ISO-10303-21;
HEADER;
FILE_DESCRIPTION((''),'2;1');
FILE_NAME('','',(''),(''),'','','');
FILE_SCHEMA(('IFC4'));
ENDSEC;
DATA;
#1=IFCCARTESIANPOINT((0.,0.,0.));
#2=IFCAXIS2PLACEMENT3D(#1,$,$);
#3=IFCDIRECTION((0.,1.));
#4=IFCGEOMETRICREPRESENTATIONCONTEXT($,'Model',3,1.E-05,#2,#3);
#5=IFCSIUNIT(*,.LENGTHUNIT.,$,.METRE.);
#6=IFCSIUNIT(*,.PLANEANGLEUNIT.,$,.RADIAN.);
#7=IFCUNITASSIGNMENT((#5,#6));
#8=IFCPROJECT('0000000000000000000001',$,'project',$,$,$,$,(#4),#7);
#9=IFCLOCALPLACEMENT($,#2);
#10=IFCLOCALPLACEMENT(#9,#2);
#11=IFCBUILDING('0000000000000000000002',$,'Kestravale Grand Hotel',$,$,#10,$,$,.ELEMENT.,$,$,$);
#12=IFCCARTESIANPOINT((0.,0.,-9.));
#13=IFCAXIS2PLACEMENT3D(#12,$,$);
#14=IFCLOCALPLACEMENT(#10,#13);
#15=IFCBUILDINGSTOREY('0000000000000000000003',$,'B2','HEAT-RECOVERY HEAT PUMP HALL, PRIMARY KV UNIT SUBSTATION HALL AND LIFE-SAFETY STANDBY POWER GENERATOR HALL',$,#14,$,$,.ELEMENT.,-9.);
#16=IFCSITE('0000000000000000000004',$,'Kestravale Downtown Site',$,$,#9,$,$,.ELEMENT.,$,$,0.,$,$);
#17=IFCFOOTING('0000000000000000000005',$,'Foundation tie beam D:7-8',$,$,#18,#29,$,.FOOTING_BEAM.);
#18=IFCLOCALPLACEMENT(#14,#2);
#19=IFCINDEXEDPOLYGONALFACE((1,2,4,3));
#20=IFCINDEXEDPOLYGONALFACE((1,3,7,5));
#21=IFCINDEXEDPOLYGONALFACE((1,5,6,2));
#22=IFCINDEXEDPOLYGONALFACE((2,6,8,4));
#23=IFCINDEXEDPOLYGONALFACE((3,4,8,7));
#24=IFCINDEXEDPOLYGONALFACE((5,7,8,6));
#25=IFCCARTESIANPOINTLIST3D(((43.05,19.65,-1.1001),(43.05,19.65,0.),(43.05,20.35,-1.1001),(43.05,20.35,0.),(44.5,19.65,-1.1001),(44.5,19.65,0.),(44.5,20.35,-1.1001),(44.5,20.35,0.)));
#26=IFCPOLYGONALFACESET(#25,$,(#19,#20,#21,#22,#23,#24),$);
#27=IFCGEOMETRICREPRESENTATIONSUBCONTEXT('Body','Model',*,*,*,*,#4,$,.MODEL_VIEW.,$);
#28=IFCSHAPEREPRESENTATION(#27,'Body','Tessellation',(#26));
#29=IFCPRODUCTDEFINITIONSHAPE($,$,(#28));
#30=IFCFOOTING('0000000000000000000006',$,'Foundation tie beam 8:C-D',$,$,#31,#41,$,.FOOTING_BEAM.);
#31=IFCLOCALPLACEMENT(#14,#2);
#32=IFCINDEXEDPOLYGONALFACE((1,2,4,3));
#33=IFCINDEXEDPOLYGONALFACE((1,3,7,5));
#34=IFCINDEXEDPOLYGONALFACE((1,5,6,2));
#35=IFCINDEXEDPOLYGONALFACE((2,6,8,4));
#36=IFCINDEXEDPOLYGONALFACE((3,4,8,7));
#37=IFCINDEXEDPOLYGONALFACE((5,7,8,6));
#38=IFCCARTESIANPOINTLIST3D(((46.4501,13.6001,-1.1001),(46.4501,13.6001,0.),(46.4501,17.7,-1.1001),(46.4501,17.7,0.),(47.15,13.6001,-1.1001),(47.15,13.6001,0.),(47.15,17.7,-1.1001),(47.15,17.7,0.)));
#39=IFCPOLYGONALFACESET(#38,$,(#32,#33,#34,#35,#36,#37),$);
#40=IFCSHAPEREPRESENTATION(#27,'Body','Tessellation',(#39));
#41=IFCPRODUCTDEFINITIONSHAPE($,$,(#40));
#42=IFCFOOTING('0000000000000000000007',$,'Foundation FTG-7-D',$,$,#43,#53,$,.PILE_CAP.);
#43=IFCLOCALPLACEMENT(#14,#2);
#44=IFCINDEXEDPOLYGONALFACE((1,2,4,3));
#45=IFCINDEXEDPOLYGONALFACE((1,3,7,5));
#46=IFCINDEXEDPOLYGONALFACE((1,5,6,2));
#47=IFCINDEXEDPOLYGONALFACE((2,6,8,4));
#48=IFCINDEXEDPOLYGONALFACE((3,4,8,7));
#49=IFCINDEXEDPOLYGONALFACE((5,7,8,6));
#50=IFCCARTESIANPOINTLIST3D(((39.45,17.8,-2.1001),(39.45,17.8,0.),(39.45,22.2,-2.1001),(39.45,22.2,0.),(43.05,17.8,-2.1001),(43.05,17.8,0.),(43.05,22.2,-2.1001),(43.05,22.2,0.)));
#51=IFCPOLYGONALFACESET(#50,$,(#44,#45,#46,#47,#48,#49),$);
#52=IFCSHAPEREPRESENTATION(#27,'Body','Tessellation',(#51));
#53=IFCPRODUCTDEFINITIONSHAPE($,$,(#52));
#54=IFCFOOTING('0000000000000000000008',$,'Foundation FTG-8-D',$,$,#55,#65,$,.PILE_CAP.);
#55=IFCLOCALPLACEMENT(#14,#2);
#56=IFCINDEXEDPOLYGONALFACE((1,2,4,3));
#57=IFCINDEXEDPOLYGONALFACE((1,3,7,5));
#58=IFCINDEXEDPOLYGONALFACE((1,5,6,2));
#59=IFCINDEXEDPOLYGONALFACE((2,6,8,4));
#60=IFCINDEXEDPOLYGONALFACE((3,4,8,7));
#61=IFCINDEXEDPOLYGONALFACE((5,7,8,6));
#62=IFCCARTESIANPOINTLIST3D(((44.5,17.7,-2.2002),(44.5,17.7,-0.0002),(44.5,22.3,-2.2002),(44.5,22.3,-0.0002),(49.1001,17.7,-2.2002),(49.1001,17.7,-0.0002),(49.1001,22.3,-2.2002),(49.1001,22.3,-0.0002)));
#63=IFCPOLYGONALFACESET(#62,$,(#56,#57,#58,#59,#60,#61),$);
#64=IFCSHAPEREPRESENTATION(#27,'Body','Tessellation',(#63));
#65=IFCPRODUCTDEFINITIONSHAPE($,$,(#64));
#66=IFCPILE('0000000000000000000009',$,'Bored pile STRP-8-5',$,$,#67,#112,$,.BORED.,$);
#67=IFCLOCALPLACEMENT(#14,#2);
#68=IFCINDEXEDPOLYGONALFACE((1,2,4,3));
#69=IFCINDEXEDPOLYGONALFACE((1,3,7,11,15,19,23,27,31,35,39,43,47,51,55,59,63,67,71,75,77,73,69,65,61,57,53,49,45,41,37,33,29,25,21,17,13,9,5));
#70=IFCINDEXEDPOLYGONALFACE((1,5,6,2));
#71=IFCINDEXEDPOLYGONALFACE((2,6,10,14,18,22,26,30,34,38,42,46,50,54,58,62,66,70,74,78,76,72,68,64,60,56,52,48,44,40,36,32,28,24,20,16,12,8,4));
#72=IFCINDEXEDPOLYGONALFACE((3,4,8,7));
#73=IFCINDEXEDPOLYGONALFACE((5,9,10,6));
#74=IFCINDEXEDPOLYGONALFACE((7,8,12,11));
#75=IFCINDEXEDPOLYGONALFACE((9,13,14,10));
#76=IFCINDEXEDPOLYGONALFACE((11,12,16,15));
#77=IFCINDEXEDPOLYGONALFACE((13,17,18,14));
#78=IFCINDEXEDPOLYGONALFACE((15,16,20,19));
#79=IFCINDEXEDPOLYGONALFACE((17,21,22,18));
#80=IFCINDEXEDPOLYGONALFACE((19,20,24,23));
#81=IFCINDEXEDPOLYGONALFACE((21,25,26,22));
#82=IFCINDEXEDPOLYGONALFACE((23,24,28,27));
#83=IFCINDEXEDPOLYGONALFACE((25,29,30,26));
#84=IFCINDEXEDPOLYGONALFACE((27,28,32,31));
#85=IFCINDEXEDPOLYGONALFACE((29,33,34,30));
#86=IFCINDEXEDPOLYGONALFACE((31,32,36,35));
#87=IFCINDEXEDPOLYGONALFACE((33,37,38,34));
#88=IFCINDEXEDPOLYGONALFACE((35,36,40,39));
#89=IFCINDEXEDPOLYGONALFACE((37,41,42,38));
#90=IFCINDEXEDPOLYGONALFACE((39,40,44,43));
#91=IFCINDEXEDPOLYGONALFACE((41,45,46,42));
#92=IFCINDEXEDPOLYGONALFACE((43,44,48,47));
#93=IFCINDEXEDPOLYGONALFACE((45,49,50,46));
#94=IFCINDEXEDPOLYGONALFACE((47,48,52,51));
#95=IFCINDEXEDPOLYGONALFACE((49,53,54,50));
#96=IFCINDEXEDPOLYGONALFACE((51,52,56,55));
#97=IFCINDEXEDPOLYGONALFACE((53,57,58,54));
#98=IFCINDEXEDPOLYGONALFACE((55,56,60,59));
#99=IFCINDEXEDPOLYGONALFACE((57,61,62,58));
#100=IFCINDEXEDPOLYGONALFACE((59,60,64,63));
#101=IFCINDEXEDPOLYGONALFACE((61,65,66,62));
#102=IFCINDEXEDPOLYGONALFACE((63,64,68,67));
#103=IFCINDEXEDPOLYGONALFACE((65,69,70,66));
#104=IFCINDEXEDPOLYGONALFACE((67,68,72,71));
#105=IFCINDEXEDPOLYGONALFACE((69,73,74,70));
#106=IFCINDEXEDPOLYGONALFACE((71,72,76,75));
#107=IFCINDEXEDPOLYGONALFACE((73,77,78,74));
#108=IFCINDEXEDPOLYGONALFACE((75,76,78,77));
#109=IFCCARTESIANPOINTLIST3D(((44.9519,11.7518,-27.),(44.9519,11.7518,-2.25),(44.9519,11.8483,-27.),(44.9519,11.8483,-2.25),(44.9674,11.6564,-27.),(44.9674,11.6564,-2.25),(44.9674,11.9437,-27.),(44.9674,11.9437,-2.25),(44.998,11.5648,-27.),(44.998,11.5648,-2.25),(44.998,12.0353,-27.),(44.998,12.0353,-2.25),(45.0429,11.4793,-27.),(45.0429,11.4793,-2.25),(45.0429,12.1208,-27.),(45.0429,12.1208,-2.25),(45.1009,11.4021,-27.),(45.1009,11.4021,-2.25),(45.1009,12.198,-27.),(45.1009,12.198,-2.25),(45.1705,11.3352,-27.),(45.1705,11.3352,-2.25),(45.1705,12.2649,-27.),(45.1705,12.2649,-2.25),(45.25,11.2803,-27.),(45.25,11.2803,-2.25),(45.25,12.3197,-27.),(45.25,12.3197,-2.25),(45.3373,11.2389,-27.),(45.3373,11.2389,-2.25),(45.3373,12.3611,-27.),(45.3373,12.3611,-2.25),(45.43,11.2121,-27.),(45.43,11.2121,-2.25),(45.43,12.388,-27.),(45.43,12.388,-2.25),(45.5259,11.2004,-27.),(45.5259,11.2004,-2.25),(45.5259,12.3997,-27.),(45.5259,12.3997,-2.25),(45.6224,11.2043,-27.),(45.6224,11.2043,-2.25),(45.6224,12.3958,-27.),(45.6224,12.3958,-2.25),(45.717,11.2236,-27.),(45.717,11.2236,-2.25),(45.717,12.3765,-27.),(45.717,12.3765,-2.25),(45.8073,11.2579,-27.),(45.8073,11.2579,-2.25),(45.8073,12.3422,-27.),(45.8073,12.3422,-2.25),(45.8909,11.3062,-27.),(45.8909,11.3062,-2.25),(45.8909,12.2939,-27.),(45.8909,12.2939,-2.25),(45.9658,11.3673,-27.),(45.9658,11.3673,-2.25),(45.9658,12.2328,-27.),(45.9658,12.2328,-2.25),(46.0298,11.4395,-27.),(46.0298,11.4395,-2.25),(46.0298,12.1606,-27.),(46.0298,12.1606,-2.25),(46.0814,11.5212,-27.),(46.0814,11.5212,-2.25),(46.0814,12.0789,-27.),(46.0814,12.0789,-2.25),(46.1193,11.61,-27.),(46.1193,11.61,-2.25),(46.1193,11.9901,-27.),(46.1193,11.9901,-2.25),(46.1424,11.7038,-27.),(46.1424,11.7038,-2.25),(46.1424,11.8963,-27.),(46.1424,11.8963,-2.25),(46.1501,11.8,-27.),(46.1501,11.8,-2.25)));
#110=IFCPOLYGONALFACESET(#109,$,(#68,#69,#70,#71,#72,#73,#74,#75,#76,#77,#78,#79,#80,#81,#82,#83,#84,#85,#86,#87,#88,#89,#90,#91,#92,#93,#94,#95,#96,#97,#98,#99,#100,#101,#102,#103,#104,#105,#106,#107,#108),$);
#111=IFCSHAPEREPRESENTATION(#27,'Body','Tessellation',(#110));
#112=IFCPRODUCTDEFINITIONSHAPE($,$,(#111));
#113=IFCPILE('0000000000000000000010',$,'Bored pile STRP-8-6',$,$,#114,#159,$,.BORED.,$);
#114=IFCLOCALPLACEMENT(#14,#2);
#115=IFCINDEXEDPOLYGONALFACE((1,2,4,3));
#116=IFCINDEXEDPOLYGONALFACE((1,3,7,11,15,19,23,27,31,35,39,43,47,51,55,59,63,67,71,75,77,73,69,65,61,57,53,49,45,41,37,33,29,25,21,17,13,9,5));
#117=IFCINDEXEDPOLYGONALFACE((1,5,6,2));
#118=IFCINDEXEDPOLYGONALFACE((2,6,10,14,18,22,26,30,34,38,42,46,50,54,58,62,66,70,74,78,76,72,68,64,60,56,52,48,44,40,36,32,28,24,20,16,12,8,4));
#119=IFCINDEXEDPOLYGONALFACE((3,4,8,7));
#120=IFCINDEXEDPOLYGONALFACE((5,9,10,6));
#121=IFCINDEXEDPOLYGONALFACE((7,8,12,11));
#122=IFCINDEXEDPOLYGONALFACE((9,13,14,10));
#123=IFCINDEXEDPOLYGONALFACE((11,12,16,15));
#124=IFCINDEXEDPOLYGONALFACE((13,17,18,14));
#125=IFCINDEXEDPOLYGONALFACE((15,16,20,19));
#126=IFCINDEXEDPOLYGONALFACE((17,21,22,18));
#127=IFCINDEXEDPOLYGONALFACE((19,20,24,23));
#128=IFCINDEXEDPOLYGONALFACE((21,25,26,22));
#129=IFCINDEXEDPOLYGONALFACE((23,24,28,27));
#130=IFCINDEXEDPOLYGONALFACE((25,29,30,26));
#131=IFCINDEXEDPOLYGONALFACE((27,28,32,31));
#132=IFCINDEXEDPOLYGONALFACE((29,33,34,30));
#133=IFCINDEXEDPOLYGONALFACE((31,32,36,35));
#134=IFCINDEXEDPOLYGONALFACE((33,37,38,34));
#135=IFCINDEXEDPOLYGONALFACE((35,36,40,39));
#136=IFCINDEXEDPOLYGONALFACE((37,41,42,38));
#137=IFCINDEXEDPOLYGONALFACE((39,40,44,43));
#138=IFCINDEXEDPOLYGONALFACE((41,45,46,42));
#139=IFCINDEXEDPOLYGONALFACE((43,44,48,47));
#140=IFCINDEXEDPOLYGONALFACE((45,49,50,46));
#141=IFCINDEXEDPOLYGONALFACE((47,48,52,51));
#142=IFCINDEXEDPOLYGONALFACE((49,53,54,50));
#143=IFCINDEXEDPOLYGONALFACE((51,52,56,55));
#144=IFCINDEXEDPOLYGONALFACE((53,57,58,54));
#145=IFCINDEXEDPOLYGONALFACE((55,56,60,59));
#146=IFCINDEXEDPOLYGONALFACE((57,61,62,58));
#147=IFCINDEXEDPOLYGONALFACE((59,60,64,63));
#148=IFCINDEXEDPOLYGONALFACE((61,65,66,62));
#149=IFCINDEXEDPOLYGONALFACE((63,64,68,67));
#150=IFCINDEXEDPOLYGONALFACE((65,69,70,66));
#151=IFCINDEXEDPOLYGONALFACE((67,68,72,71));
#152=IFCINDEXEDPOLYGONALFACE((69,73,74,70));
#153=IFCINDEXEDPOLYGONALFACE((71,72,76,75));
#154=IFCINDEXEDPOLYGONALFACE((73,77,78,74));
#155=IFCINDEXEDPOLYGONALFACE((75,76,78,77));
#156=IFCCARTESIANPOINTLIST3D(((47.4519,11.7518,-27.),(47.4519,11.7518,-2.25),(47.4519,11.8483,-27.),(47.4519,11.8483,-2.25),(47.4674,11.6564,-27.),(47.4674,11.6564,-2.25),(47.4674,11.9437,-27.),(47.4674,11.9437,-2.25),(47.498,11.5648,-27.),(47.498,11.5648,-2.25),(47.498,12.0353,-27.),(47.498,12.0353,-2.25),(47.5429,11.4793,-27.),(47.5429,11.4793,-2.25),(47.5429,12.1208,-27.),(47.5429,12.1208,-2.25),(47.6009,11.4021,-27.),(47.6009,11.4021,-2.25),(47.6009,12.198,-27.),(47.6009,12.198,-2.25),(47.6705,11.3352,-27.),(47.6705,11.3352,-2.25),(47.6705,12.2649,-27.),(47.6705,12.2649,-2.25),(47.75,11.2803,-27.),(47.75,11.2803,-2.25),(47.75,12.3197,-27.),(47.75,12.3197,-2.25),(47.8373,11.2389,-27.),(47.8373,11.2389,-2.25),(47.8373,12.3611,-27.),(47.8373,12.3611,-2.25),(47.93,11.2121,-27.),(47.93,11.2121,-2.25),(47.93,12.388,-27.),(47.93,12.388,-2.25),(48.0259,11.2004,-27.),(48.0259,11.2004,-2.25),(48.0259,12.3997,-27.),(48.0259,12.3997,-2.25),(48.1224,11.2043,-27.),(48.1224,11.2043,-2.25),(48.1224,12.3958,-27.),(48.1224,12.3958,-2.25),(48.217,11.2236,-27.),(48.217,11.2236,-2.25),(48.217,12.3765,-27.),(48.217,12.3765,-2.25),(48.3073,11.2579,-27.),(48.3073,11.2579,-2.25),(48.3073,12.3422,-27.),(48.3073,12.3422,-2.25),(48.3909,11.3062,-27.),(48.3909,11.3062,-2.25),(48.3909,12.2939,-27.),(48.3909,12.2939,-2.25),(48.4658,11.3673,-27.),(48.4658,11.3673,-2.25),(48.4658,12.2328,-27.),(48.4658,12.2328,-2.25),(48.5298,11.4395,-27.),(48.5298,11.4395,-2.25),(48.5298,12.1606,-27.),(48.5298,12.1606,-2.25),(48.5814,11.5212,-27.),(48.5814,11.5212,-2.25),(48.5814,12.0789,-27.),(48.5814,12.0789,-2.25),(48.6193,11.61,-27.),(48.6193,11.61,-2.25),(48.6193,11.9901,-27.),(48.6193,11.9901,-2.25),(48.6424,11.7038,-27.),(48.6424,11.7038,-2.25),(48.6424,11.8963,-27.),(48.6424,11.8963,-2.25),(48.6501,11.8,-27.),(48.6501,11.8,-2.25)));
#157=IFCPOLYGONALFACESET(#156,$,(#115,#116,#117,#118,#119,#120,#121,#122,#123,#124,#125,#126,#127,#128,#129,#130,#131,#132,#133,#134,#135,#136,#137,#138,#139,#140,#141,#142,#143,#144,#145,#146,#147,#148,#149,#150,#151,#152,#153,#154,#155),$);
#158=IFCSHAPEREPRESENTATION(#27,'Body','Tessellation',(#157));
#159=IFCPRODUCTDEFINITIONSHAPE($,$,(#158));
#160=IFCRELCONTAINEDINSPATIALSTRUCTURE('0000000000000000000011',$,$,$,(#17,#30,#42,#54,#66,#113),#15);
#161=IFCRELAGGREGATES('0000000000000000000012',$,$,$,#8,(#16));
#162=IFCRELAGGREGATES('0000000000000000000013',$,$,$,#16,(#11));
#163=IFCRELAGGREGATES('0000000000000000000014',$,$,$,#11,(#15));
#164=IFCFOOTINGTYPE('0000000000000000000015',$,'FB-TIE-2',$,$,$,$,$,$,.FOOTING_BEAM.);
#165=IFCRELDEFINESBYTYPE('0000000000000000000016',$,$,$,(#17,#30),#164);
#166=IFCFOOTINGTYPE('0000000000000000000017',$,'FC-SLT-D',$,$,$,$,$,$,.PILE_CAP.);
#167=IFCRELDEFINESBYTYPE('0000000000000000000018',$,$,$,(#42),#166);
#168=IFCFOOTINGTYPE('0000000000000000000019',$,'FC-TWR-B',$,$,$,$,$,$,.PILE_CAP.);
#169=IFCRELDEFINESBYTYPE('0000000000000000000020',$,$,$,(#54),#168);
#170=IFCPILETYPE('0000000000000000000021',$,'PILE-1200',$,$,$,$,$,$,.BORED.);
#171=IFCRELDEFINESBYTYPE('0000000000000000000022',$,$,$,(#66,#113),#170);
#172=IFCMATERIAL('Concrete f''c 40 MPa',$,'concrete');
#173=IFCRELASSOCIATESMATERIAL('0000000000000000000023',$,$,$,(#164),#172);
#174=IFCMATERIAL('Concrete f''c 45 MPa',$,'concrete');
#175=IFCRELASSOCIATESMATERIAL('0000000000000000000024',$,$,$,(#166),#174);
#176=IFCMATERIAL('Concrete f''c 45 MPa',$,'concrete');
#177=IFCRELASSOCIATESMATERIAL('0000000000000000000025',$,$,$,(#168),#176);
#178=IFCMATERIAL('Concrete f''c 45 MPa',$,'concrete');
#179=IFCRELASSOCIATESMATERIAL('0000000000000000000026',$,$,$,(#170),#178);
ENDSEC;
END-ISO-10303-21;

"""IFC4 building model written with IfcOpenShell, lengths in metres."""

from ifc_helpers import new_model, si_unit, direction, frame, origin, origin_2d, place, context, subcontext, project, spatial, rectangle, circle, extrude, material, material_profile, profile_set, type_object, element, save


model = new_model("IFC4")

# Units and contexts
model_context = context("Model", 3, precision=1e-05, world=origin(), true_north=direction((0.0, 1.0)))
body_context = subcontext(model_context, "Body", "Model", "MODEL_VIEW")
ifc_project = project(units=[si_unit("LENGTHUNIT", "METRE"), si_unit("PLANEANGLEUNIT", "RADIAN")], contexts=[model_context])

# Site, building, storey
site_placement = place(None, origin())
site = spatial("IfcSite", under=ifc_project, at=site_placement, Name="Kestravale Downtown Site", CompositionType="ELEMENT", RefElevation=0.0)
building_placement = place(site_placement, origin())
building = spatial("IfcBuilding", under=site, at=building_placement, Name="Kestravale Grand Hotel", CompositionType="ELEMENT")
storey_placement = place(building_placement, frame((0.0, 0.0, -9.0)))
storey = spatial("IfcBuildingStorey", under=building, at=storey_placement, Name="B2", Description="HEAT-RECOVERY HEAT PUMP HALL, PRIMARY KV UNIT SUBSTATION HALL AND LIFE-SAFETY STANDBY POWER GENERATOR HALL", CompositionType="ELEMENT", Elevation=-9.0)

# Footings
ifc_material_1 = material(Name="Concrete f'c 40 MPa", Category="concrete")
ifc_material_profile_1 = material_profile(ifc_material_1, rectangle(XDim=0.7, YDim=1.1001, at=origin_2d()))
ifc_profile_set_1 = profile_set([ifc_material_profile_1], Name="Concrete f'c 40 MPa")
footing_type_1 = type_object("IfcFootingType", Name="FB-TIE-2", PredefinedType="FOOTING_BEAM", material=ifc_profile_set_1)
footing_1_placement = place(storey_placement, frame((43.05, 20.0, -0.55), z_axis=(1.0, 0.0, 0.0), x_axis=(0.0, 1.0, 0.0)))
element("IfcFooting", 1, at=footing_1_placement, inside=storey, type_object=footing_type_1, Name="Foundation tie beam D:7-8", PredefinedType="FOOTING_BEAM", context=body_context, shape_type="SweptSolid", body=[
    extrude(rectangle(XDim=0.7, YDim=1.1001, at=origin_2d()), origin(), (0.0, 0.0, 1.0), 1.45),
])
footing_2_placement = place(storey_placement, frame((46.8, 13.6001, -0.55), z_axis=(0.0, 1.0, 0.0), x_axis=(-1.0, 0.0, 0.0)))
element("IfcFooting", 2, at=footing_2_placement, inside=storey, type_object=footing_type_1, Name="Foundation tie beam 8:C-D", PredefinedType="FOOTING_BEAM", context=body_context, shape_type="SweptSolid", body=[
    extrude(rectangle(XDim=0.7, YDim=1.1001, at=origin_2d()), origin(), (0.0, 0.0, 1.0), 4.0999),
])
ifc_material_2 = material(Name="Concrete f'c 45 MPa", Category="concrete")
footing_type_2 = type_object("IfcFootingType", Name="FC-SLT-D", PredefinedType="PILE_CAP", material=ifc_material_2)
footing_3_placement = place(storey_placement, frame((41.25, 20.0, -2.1001), z_axis=(0.0, 0.0, 1.0), x_axis=(1.0, 0.0, 0.0)))
element("IfcFooting", 3, at=footing_3_placement, inside=storey, type_object=footing_type_2, Name="Foundation FTG-7-D", PredefinedType="PILE_CAP", context=body_context, shape_type="SweptSolid", body=[
    extrude(rectangle(XDim=3.6001, YDim=4.3999, at=origin_2d()), origin(), (0.0, 0.0, 1.0), 2.1001),
])
ifc_material_3 = material(Name="Concrete f'c 45 MPa", Category="concrete")
footing_type_3 = type_object("IfcFootingType", Name="FC-TWR-B", PredefinedType="PILE_CAP", material=ifc_material_3)
footing_4_placement = place(storey_placement, frame((46.8, 20.0, -2.2002), z_axis=(0.0, 0.0, 1.0), x_axis=(1.0, 0.0, 0.0)))
element("IfcFooting", 4, at=footing_4_placement, inside=storey, type_object=footing_type_3, Name="Foundation FTG-8-D", PredefinedType="PILE_CAP", context=body_context, shape_type="SweptSolid", body=[
    extrude(rectangle(XDim=4.6001, YDim=4.6001, at=origin_2d()), origin(), (0.0, 0.0, 1.0), 2.2),
])

# Piles
ifc_material_4 = material(Name="Concrete f'c 45 MPa", Category="concrete")
ifc_material_profile_2 = material_profile(ifc_material_4, circle(Radius=0.6001, at=origin_2d()))
ifc_profile_set_2 = profile_set([ifc_material_profile_2], Name="Concrete f'c 45 MPa")
pile_type_1 = type_object("IfcPileType", Name="PILE-1200", PredefinedType="BORED", material=ifc_profile_set_2)
for number, where, z_axis, x_axis, name in (
    (5, (45.55, 11.8, -2.25), (0.0, 0.0, -1.0), (1.0, 0.0, 0.0), "Bored pile STRP-8-5"),
    (6, (48.05, 11.8, -2.25), (0.0, 0.0, -1.0), (1.0, 0.0, 0.0), "Bored pile STRP-8-6"),
):
    element("IfcPile", number, at=place(storey_placement, frame(where, z_axis=z_axis, x_axis=x_axis)), inside=storey, type_object=pile_type_1, Name=name, PredefinedType="BORED", context=body_context, shape_type="SweptSolid", body=[
        extrude(circle(Radius=0.6001, at=origin_2d()), origin(), (0.0, 0.0, 1.0), 24.75),
    ])

save(model, "model.ifc")
